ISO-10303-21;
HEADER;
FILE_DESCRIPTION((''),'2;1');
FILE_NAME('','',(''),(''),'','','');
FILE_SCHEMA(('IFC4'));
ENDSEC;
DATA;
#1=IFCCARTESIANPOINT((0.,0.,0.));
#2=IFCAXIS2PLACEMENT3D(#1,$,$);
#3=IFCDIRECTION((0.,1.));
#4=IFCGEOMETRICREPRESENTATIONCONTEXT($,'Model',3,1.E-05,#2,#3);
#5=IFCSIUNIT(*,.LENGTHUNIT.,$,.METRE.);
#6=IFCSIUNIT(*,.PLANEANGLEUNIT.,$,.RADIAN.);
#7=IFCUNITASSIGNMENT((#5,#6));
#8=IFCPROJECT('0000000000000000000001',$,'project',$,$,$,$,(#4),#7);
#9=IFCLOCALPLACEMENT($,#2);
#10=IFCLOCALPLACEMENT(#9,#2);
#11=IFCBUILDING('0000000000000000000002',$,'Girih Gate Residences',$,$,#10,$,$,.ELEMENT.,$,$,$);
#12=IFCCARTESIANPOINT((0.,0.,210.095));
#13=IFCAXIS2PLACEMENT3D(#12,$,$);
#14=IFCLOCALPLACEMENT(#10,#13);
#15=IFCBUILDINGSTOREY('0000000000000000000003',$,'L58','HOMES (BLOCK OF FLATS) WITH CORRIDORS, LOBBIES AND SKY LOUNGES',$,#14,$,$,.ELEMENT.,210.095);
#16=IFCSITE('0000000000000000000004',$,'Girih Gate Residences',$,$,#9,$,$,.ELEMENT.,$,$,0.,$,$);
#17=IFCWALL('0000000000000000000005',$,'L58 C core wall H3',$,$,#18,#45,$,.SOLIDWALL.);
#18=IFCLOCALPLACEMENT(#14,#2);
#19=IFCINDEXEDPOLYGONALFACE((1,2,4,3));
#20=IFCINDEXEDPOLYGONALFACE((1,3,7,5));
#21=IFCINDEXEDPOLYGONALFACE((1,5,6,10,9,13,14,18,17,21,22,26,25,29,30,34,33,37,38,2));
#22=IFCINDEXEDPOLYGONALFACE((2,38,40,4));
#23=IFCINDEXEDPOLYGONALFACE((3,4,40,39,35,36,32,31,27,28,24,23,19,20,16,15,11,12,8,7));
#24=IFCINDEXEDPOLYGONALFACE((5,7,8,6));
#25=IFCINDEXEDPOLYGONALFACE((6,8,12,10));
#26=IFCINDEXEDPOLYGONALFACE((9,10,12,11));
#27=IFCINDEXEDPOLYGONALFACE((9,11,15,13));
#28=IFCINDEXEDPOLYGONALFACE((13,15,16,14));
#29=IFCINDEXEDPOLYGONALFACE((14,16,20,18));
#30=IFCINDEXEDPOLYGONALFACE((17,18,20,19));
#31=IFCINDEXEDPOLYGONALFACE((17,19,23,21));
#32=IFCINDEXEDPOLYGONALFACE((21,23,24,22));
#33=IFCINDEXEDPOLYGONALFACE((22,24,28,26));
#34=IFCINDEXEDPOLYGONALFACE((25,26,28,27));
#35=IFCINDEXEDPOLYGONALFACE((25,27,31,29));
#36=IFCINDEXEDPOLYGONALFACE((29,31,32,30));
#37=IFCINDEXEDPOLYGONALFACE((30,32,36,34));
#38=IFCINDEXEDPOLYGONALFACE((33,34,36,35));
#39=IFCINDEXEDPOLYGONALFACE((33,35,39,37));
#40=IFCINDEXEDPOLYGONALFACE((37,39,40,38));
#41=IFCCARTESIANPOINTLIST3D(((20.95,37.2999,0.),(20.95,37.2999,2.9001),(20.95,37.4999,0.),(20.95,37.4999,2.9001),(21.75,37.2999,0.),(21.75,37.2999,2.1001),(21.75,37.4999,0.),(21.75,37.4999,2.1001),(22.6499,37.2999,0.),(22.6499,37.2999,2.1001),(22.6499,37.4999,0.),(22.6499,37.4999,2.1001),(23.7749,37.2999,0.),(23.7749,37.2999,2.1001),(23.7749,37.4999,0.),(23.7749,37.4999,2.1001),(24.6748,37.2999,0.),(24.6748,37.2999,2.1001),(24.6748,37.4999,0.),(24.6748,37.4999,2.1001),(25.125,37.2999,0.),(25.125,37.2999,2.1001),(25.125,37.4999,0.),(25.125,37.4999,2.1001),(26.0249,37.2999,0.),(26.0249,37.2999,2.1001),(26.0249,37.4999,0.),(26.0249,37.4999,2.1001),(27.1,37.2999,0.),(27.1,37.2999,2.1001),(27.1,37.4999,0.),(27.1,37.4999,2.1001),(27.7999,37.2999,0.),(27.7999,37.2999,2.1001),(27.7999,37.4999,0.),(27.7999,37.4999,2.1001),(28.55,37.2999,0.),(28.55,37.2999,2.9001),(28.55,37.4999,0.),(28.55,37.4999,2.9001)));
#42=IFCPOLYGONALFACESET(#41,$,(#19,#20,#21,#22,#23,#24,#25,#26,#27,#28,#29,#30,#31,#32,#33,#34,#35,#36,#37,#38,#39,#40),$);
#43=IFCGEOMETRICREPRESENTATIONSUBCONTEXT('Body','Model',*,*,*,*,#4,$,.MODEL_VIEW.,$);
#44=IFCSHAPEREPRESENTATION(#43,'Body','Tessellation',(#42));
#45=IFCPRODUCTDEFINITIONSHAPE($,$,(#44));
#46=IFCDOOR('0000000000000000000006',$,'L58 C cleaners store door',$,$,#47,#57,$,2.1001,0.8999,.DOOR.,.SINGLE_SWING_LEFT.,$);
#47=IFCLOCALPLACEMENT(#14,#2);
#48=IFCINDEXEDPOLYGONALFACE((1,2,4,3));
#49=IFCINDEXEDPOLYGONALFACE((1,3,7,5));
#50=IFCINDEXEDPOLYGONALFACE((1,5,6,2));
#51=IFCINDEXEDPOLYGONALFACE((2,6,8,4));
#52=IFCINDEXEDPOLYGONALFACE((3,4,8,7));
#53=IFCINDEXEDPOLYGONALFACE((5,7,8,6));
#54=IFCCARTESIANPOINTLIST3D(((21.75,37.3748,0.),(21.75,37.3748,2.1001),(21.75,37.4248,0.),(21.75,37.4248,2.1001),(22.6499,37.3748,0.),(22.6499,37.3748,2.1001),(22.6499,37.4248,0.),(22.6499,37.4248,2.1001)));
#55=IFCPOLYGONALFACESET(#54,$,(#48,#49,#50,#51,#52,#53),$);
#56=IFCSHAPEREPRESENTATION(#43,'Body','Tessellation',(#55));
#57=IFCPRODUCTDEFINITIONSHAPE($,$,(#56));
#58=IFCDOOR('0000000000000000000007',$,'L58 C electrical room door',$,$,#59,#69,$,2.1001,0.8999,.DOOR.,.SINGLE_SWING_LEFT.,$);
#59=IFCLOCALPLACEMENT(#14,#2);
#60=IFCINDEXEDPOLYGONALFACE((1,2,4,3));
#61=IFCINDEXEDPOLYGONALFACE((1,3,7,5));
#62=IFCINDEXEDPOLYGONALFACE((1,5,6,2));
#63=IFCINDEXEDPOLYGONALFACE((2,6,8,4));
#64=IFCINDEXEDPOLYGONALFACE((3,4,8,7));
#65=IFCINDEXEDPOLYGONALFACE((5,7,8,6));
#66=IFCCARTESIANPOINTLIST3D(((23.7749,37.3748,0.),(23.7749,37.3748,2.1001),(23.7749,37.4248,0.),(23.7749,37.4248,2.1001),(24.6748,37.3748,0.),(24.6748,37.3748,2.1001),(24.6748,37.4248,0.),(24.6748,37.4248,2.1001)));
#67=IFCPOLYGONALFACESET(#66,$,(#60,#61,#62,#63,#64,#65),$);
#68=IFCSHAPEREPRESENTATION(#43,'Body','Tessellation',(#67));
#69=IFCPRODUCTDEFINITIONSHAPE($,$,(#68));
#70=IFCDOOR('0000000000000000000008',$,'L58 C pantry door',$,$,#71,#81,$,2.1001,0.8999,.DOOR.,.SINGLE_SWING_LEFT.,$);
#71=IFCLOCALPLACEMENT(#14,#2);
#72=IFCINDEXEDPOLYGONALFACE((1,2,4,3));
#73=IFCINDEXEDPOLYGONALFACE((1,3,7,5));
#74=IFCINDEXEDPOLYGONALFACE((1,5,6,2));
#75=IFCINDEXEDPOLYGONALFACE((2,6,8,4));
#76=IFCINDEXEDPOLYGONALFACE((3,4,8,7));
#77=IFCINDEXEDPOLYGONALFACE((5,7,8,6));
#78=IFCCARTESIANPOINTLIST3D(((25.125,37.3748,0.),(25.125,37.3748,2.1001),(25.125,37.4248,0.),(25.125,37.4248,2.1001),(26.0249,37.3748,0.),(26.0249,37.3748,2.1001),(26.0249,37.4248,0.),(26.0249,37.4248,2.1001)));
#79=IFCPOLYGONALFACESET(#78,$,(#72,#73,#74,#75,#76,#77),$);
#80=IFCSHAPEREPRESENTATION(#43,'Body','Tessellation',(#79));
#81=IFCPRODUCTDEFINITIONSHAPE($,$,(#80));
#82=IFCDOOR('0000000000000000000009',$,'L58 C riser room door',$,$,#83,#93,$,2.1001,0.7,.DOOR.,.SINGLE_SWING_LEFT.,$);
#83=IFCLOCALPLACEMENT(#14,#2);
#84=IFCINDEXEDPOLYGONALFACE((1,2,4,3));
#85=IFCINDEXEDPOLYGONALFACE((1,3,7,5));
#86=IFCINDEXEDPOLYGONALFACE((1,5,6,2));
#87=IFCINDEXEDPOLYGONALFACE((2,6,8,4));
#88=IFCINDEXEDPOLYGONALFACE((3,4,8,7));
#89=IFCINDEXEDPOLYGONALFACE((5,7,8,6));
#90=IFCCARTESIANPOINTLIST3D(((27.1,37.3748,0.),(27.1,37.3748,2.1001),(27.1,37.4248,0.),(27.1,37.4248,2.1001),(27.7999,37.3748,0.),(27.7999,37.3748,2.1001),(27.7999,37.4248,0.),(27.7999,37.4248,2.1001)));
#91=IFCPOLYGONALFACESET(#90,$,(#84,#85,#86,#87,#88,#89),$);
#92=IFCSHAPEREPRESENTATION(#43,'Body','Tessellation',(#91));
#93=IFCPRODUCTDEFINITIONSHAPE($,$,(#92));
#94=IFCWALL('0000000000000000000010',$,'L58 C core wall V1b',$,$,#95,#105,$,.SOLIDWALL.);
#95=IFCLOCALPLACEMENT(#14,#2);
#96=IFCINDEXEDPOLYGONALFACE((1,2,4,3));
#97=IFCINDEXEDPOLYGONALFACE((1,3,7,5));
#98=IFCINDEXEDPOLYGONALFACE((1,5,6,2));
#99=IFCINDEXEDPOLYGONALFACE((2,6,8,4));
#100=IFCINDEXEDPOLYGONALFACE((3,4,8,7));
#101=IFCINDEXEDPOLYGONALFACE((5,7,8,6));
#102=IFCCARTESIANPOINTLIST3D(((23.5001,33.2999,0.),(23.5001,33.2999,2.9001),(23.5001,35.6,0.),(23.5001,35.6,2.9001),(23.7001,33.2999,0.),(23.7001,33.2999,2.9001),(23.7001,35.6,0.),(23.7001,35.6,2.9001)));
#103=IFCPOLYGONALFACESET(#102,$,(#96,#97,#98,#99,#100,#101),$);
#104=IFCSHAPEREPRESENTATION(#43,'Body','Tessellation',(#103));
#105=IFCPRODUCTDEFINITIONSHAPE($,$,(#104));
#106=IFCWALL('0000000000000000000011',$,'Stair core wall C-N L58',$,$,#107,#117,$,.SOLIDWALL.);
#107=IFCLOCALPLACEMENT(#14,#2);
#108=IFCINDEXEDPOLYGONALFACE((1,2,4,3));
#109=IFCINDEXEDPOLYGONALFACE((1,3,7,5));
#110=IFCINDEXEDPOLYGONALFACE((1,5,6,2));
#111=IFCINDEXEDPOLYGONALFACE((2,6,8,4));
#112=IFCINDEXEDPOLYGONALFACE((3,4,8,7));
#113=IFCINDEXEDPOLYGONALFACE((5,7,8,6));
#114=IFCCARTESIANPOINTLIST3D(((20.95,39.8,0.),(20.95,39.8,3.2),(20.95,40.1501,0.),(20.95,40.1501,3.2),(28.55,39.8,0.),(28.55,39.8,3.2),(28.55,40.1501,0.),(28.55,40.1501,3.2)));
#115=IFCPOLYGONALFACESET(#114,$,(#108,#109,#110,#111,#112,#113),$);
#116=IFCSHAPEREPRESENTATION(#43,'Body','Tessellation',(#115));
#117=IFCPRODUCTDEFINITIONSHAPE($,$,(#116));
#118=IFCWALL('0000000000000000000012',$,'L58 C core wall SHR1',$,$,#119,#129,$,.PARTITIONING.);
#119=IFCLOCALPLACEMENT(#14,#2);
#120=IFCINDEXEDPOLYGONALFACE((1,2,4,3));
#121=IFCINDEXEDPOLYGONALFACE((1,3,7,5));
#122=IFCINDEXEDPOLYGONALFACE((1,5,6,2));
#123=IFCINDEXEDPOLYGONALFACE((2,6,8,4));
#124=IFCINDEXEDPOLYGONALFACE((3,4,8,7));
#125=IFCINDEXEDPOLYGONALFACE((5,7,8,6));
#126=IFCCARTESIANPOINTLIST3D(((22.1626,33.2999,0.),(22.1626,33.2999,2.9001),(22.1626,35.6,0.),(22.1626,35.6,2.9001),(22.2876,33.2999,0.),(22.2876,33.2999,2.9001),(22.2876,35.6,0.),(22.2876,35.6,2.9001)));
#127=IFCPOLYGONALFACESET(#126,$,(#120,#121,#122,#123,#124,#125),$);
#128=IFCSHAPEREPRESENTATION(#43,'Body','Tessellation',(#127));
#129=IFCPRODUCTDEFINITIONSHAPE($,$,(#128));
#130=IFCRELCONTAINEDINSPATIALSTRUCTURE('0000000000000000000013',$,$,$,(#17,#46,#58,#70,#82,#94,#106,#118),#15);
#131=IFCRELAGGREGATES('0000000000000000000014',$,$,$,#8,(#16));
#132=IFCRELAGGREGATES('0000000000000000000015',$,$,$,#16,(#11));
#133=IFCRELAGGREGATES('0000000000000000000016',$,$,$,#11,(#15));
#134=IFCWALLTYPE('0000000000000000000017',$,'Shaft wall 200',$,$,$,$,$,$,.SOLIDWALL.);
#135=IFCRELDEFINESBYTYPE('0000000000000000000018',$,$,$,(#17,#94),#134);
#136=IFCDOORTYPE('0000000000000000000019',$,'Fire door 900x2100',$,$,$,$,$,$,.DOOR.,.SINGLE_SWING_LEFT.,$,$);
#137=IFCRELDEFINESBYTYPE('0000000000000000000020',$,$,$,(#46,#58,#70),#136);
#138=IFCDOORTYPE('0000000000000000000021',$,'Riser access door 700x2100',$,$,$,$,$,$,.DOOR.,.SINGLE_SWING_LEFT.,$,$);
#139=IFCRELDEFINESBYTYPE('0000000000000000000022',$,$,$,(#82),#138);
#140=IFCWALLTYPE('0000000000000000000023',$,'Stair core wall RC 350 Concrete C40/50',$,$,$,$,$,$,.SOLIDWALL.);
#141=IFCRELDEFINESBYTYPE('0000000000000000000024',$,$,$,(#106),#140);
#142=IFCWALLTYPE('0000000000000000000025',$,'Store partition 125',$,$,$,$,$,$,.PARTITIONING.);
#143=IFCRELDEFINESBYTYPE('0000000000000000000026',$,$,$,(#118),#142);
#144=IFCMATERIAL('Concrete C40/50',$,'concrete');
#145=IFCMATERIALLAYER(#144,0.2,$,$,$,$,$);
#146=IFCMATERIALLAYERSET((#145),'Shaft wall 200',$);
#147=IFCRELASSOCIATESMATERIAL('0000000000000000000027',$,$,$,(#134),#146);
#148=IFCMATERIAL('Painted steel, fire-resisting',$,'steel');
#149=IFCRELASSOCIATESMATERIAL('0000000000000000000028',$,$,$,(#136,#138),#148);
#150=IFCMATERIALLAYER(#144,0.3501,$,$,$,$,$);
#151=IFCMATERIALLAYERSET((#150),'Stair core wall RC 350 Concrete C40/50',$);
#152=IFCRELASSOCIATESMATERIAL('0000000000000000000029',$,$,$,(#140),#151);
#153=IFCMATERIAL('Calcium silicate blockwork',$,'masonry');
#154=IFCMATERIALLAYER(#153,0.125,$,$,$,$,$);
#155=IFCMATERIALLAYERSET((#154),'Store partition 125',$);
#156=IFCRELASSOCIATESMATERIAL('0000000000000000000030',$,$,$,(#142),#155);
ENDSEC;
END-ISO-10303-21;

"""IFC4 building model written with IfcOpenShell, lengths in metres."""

from ifc_helpers import new_model, si_unit, direction, frame, frame_2d, origin, place, context, subcontext, project, spatial, rectangle, extrude, material, layer, layer_set, type_object, element, fill, save


model = new_model("IFC4")

# Units and contexts
model_context = context("Model", 3, precision=1e-05, world=origin(), true_north=direction((0.0, 1.0)))
body_context = subcontext(model_context, "Body", "Model", "MODEL_VIEW")
ifc_project = project(units=[si_unit("LENGTHUNIT", "METRE"), si_unit("PLANEANGLEUNIT", "RADIAN")], contexts=[model_context])

# Site, building, storey
site_placement = place(None, origin())
site = spatial("IfcSite", under=ifc_project, at=site_placement, Name="Girih Gate Residences", CompositionType="ELEMENT", RefElevation=0.0)
building_placement = place(site_placement, origin())
building = spatial("IfcBuilding", under=site, at=building_placement, Name="Girih Gate Residences", CompositionType="ELEMENT")
storey_placement = place(building_placement, frame((0.0, 0.0, 210.095)))
storey = spatial("IfcBuildingStorey", under=building, at=storey_placement, Name="L58", Description="HOMES (BLOCK OF FLATS) WITH CORRIDORS, LOBBIES AND SKY LOUNGES", CompositionType="ELEMENT", Elevation=210.095)

# Shared definitions
ifc_material_1 = material(Name="Concrete C40/50", Category="concrete")

# Wall, openings, doors
ifc_layer_1 = layer(ifc_material_1, 0.2)
ifc_layer_set_1 = layer_set([ifc_layer_1], Name="Shaft wall 200")
wall_type_1 = type_object("IfcWallType", Name="Shaft wall 200", PredefinedType="SOLIDWALL", material=ifc_layer_set_1)
ifc_material_2 = material(Name="Painted steel, fire-resisting", Category="steel")
door_type_1 = type_object("IfcDoorType", Name="Fire door 900x2100", OperationType="SINGLE_SWING_LEFT", PredefinedType="DOOR", material=ifc_material_2)
wall_1_placement = place(storey_placement, frame((20.95, 37.3999, 0.0), z_axis=(0.0, 0.0, 1.0), x_axis=(1.0, 0.0, 0.0)))
wall_1 = element("IfcWall", 1, at=wall_1_placement, inside=storey, type_object=wall_type_1, Name="L58 C core wall H3", PredefinedType="SOLIDWALL", context=body_context, shape_type="SweptSolid", body=[
    extrude(rectangle(XDim=7.6001, YDim=0.2, at=frame_2d((3.8, 0.0))), origin(), (0.0, 0.0, 1.0), 2.9001),
])
opening_1_placement = place(wall_1_placement, frame((6.1499, 0.0, 0.0)))
opening_1 = element("IfcOpeningElement", 2, at=opening_1_placement, cuts=wall_1, PredefinedType="OPENING", context=body_context, shape_type="SweptSolid", body=[
    extrude(rectangle(XDim=0.7, YDim=2.1001, at=frame_2d((0.3501, 1.05))), frame((0.0, 0.1099, 0.0), z_axis=(0.0, -1.0, 0.0), x_axis=(1.0, 0.0, 0.0)), (0.0, 0.0, 1.0), 0.22),
])
opening_2_placement = place(wall_1_placement, frame((0.8, 0.0, 0.0)))
opening_2 = element("IfcOpeningElement", 3, at=opening_2_placement, cuts=wall_1, PredefinedType="OPENING", context=body_context, shape_type="SweptSolid", body=[
    extrude(rectangle(XDim=0.8999, YDim=2.1001, at=frame_2d((0.45, 1.05))), frame((0.0, 0.1099, 0.0), z_axis=(0.0, -1.0, 0.0), x_axis=(1.0, 0.0, 0.0)), (0.0, 0.0, 1.0), 0.22),
])
opening_3_placement = place(wall_1_placement, frame((2.825, 0.0, 0.0)))
opening_3 = element("IfcOpeningElement", 4, at=opening_3_placement, cuts=wall_1, PredefinedType="OPENING", context=body_context, shape_type="SweptSolid", body=[
    extrude(rectangle(XDim=0.8999, YDim=2.1001, at=frame_2d((0.45, 1.05))), frame((0.0, 0.1099, 0.0), z_axis=(0.0, -1.0, 0.0), x_axis=(1.0, 0.0, 0.0)), (0.0, 0.0, 1.0), 0.22),
])
opening_4_placement = place(wall_1_placement, frame((4.175, 0.0, 0.0)))
opening_4 = element("IfcOpeningElement", 5, at=opening_4_placement, cuts=wall_1, PredefinedType="OPENING", context=body_context, shape_type="SweptSolid", body=[
    extrude(rectangle(XDim=0.8999, YDim=2.1001, at=frame_2d((0.45, 1.05))), frame((0.0, 0.1099, 0.0), z_axis=(0.0, -1.0, 0.0), x_axis=(1.0, 0.0, 0.0)), (0.0, 0.0, 1.0), 0.22),
])
door_1_placement = place(opening_2_placement, origin())
door_1 = element("IfcDoor", 6, at=door_1_placement, inside=storey, type_object=door_type_1, Name="L58 C cleaners store door", OperationType="SINGLE_SWING_LEFT", OverallHeight=2.1001, OverallWidth=0.8999, PredefinedType="DOOR", context=body_context, shape_type="SweptSolid", body=[
    extrude(rectangle(XDim=0.8999, YDim=2.1001, at=frame_2d((0.45, 1.05))), frame((0.0, 0.0249, 0.0), z_axis=(0.0, -1.0, 0.0), x_axis=(1.0, 0.0, 0.0)), (0.0, 0.0, 1.0), 0.05),
])
fill(opening_2, door_1)
door_2_placement = place(opening_3_placement, origin())
door_2 = element("IfcDoor", 7, at=door_2_placement, inside=storey, type_object=door_type_1, Name="L58 C electrical room door", OperationType="SINGLE_SWING_LEFT", OverallHeight=2.1001, OverallWidth=0.8999, PredefinedType="DOOR", context=body_context, shape_type="SweptSolid", body=[
    extrude(rectangle(XDim=0.8999, YDim=2.1001, at=frame_2d((0.45, 1.05))), frame((0.0, 0.0249, 0.0), z_axis=(0.0, -1.0, 0.0), x_axis=(1.0, 0.0, 0.0)), (0.0, 0.0, 1.0), 0.05),
])
fill(opening_3, door_2)
door_3_placement = place(opening_4_placement, origin())
door_3 = element("IfcDoor", 8, at=door_3_placement, inside=storey, type_object=door_type_1, Name="L58 C pantry door", OperationType="SINGLE_SWING_LEFT", OverallHeight=2.1001, OverallWidth=0.8999, PredefinedType="DOOR", context=body_context, shape_type="SweptSolid", body=[
    extrude(rectangle(XDim=0.8999, YDim=2.1001, at=frame_2d((0.45, 1.05))), frame((0.0, 0.0249, 0.0), z_axis=(0.0, -1.0, 0.0), x_axis=(1.0, 0.0, 0.0)), (0.0, 0.0, 1.0), 0.05),
])
fill(opening_4, door_3)
door_type_2 = type_object("IfcDoorType", Name="Riser access door 700x2100", OperationType="SINGLE_SWING_LEFT", PredefinedType="DOOR", material=ifc_material_2)
door_4_placement = place(opening_1_placement, origin())
door_4 = element("IfcDoor", 9, at=door_4_placement, inside=storey, type_object=door_type_2, Name="L58 C riser room door", OperationType="SINGLE_SWING_LEFT", OverallHeight=2.1001, OverallWidth=0.7, PredefinedType="DOOR", context=body_context, shape_type="SweptSolid", body=[
    extrude(rectangle(XDim=0.7, YDim=2.1001, at=frame_2d((0.3501, 1.05))), frame((0.0, 0.0249, 0.0), z_axis=(0.0, -1.0, 0.0), x_axis=(1.0, 0.0, 0.0)), (0.0, 0.0, 1.0), 0.05),
])
fill(opening_1, door_4)

# Walls
wall_2_placement = place(storey_placement, frame((23.6001, 33.3, 0.0), z_axis=(0.0, 0.0, 1.0), x_axis=(0.0, 1.0, 0.0)))
element("IfcWall", 10, at=wall_2_placement, inside=storey, type_object=wall_type_1, Name="L58 C core wall V1b", PredefinedType="SOLIDWALL", context=body_context, shape_type="SweptSolid", body=[
    extrude(rectangle(XDim=2.3, YDim=0.2, at=frame_2d((1.1499, 0.0))), origin(), (0.0, 0.0, 1.0), 2.9001),
])
ifc_layer_2 = layer(ifc_material_1, 0.3501)
ifc_layer_set_2 = layer_set([ifc_layer_2], Name="Stair core wall RC 350 Concrete C40/50")
wall_type_2 = type_object("IfcWallType", Name="Stair core wall RC 350 Concrete C40/50", PredefinedType="SOLIDWALL", material=ifc_layer_set_2)
wall_3_placement = place(storey_placement, frame((20.95, 39.9751, 0.0), z_axis=(0.0, 0.0, 1.0), x_axis=(1.0, 0.0, 0.0)))
element("IfcWall", 11, at=wall_3_placement, inside=storey, type_object=wall_type_2, Name="Stair core wall C-N L58", PredefinedType="SOLIDWALL", context=body_context, shape_type="SweptSolid", body=[
    extrude(rectangle(XDim=7.6001, YDim=0.3501, at=frame_2d((3.8, 0.0))), origin(), (0.0, 0.0, 1.0), 3.2),
])
ifc_material_3 = material(Name="Calcium silicate blockwork", Category="masonry")
ifc_layer_3 = layer(ifc_material_3, 0.125)
ifc_layer_set_3 = layer_set([ifc_layer_3], Name="Store partition 125")
wall_type_3 = type_object("IfcWallType", Name="Store partition 125", PredefinedType="PARTITIONING", material=ifc_layer_set_3)
wall_4_placement = place(storey_placement, frame((22.2251, 33.3, 0.0), z_axis=(0.0, 0.0, 1.0), x_axis=(0.0, 1.0, 0.0)))
element("IfcWall", 12, at=wall_4_placement, inside=storey, type_object=wall_type_3, Name="L58 C core wall SHR1", PredefinedType="PARTITIONING", context=body_context, shape_type="SweptSolid", body=[
    extrude(rectangle(XDim=2.3, YDim=0.125, at=frame_2d((1.1499, 0.0))), origin(), (0.0, 0.0, 1.0), 2.9001),
])

save(model, "model.ifc")
